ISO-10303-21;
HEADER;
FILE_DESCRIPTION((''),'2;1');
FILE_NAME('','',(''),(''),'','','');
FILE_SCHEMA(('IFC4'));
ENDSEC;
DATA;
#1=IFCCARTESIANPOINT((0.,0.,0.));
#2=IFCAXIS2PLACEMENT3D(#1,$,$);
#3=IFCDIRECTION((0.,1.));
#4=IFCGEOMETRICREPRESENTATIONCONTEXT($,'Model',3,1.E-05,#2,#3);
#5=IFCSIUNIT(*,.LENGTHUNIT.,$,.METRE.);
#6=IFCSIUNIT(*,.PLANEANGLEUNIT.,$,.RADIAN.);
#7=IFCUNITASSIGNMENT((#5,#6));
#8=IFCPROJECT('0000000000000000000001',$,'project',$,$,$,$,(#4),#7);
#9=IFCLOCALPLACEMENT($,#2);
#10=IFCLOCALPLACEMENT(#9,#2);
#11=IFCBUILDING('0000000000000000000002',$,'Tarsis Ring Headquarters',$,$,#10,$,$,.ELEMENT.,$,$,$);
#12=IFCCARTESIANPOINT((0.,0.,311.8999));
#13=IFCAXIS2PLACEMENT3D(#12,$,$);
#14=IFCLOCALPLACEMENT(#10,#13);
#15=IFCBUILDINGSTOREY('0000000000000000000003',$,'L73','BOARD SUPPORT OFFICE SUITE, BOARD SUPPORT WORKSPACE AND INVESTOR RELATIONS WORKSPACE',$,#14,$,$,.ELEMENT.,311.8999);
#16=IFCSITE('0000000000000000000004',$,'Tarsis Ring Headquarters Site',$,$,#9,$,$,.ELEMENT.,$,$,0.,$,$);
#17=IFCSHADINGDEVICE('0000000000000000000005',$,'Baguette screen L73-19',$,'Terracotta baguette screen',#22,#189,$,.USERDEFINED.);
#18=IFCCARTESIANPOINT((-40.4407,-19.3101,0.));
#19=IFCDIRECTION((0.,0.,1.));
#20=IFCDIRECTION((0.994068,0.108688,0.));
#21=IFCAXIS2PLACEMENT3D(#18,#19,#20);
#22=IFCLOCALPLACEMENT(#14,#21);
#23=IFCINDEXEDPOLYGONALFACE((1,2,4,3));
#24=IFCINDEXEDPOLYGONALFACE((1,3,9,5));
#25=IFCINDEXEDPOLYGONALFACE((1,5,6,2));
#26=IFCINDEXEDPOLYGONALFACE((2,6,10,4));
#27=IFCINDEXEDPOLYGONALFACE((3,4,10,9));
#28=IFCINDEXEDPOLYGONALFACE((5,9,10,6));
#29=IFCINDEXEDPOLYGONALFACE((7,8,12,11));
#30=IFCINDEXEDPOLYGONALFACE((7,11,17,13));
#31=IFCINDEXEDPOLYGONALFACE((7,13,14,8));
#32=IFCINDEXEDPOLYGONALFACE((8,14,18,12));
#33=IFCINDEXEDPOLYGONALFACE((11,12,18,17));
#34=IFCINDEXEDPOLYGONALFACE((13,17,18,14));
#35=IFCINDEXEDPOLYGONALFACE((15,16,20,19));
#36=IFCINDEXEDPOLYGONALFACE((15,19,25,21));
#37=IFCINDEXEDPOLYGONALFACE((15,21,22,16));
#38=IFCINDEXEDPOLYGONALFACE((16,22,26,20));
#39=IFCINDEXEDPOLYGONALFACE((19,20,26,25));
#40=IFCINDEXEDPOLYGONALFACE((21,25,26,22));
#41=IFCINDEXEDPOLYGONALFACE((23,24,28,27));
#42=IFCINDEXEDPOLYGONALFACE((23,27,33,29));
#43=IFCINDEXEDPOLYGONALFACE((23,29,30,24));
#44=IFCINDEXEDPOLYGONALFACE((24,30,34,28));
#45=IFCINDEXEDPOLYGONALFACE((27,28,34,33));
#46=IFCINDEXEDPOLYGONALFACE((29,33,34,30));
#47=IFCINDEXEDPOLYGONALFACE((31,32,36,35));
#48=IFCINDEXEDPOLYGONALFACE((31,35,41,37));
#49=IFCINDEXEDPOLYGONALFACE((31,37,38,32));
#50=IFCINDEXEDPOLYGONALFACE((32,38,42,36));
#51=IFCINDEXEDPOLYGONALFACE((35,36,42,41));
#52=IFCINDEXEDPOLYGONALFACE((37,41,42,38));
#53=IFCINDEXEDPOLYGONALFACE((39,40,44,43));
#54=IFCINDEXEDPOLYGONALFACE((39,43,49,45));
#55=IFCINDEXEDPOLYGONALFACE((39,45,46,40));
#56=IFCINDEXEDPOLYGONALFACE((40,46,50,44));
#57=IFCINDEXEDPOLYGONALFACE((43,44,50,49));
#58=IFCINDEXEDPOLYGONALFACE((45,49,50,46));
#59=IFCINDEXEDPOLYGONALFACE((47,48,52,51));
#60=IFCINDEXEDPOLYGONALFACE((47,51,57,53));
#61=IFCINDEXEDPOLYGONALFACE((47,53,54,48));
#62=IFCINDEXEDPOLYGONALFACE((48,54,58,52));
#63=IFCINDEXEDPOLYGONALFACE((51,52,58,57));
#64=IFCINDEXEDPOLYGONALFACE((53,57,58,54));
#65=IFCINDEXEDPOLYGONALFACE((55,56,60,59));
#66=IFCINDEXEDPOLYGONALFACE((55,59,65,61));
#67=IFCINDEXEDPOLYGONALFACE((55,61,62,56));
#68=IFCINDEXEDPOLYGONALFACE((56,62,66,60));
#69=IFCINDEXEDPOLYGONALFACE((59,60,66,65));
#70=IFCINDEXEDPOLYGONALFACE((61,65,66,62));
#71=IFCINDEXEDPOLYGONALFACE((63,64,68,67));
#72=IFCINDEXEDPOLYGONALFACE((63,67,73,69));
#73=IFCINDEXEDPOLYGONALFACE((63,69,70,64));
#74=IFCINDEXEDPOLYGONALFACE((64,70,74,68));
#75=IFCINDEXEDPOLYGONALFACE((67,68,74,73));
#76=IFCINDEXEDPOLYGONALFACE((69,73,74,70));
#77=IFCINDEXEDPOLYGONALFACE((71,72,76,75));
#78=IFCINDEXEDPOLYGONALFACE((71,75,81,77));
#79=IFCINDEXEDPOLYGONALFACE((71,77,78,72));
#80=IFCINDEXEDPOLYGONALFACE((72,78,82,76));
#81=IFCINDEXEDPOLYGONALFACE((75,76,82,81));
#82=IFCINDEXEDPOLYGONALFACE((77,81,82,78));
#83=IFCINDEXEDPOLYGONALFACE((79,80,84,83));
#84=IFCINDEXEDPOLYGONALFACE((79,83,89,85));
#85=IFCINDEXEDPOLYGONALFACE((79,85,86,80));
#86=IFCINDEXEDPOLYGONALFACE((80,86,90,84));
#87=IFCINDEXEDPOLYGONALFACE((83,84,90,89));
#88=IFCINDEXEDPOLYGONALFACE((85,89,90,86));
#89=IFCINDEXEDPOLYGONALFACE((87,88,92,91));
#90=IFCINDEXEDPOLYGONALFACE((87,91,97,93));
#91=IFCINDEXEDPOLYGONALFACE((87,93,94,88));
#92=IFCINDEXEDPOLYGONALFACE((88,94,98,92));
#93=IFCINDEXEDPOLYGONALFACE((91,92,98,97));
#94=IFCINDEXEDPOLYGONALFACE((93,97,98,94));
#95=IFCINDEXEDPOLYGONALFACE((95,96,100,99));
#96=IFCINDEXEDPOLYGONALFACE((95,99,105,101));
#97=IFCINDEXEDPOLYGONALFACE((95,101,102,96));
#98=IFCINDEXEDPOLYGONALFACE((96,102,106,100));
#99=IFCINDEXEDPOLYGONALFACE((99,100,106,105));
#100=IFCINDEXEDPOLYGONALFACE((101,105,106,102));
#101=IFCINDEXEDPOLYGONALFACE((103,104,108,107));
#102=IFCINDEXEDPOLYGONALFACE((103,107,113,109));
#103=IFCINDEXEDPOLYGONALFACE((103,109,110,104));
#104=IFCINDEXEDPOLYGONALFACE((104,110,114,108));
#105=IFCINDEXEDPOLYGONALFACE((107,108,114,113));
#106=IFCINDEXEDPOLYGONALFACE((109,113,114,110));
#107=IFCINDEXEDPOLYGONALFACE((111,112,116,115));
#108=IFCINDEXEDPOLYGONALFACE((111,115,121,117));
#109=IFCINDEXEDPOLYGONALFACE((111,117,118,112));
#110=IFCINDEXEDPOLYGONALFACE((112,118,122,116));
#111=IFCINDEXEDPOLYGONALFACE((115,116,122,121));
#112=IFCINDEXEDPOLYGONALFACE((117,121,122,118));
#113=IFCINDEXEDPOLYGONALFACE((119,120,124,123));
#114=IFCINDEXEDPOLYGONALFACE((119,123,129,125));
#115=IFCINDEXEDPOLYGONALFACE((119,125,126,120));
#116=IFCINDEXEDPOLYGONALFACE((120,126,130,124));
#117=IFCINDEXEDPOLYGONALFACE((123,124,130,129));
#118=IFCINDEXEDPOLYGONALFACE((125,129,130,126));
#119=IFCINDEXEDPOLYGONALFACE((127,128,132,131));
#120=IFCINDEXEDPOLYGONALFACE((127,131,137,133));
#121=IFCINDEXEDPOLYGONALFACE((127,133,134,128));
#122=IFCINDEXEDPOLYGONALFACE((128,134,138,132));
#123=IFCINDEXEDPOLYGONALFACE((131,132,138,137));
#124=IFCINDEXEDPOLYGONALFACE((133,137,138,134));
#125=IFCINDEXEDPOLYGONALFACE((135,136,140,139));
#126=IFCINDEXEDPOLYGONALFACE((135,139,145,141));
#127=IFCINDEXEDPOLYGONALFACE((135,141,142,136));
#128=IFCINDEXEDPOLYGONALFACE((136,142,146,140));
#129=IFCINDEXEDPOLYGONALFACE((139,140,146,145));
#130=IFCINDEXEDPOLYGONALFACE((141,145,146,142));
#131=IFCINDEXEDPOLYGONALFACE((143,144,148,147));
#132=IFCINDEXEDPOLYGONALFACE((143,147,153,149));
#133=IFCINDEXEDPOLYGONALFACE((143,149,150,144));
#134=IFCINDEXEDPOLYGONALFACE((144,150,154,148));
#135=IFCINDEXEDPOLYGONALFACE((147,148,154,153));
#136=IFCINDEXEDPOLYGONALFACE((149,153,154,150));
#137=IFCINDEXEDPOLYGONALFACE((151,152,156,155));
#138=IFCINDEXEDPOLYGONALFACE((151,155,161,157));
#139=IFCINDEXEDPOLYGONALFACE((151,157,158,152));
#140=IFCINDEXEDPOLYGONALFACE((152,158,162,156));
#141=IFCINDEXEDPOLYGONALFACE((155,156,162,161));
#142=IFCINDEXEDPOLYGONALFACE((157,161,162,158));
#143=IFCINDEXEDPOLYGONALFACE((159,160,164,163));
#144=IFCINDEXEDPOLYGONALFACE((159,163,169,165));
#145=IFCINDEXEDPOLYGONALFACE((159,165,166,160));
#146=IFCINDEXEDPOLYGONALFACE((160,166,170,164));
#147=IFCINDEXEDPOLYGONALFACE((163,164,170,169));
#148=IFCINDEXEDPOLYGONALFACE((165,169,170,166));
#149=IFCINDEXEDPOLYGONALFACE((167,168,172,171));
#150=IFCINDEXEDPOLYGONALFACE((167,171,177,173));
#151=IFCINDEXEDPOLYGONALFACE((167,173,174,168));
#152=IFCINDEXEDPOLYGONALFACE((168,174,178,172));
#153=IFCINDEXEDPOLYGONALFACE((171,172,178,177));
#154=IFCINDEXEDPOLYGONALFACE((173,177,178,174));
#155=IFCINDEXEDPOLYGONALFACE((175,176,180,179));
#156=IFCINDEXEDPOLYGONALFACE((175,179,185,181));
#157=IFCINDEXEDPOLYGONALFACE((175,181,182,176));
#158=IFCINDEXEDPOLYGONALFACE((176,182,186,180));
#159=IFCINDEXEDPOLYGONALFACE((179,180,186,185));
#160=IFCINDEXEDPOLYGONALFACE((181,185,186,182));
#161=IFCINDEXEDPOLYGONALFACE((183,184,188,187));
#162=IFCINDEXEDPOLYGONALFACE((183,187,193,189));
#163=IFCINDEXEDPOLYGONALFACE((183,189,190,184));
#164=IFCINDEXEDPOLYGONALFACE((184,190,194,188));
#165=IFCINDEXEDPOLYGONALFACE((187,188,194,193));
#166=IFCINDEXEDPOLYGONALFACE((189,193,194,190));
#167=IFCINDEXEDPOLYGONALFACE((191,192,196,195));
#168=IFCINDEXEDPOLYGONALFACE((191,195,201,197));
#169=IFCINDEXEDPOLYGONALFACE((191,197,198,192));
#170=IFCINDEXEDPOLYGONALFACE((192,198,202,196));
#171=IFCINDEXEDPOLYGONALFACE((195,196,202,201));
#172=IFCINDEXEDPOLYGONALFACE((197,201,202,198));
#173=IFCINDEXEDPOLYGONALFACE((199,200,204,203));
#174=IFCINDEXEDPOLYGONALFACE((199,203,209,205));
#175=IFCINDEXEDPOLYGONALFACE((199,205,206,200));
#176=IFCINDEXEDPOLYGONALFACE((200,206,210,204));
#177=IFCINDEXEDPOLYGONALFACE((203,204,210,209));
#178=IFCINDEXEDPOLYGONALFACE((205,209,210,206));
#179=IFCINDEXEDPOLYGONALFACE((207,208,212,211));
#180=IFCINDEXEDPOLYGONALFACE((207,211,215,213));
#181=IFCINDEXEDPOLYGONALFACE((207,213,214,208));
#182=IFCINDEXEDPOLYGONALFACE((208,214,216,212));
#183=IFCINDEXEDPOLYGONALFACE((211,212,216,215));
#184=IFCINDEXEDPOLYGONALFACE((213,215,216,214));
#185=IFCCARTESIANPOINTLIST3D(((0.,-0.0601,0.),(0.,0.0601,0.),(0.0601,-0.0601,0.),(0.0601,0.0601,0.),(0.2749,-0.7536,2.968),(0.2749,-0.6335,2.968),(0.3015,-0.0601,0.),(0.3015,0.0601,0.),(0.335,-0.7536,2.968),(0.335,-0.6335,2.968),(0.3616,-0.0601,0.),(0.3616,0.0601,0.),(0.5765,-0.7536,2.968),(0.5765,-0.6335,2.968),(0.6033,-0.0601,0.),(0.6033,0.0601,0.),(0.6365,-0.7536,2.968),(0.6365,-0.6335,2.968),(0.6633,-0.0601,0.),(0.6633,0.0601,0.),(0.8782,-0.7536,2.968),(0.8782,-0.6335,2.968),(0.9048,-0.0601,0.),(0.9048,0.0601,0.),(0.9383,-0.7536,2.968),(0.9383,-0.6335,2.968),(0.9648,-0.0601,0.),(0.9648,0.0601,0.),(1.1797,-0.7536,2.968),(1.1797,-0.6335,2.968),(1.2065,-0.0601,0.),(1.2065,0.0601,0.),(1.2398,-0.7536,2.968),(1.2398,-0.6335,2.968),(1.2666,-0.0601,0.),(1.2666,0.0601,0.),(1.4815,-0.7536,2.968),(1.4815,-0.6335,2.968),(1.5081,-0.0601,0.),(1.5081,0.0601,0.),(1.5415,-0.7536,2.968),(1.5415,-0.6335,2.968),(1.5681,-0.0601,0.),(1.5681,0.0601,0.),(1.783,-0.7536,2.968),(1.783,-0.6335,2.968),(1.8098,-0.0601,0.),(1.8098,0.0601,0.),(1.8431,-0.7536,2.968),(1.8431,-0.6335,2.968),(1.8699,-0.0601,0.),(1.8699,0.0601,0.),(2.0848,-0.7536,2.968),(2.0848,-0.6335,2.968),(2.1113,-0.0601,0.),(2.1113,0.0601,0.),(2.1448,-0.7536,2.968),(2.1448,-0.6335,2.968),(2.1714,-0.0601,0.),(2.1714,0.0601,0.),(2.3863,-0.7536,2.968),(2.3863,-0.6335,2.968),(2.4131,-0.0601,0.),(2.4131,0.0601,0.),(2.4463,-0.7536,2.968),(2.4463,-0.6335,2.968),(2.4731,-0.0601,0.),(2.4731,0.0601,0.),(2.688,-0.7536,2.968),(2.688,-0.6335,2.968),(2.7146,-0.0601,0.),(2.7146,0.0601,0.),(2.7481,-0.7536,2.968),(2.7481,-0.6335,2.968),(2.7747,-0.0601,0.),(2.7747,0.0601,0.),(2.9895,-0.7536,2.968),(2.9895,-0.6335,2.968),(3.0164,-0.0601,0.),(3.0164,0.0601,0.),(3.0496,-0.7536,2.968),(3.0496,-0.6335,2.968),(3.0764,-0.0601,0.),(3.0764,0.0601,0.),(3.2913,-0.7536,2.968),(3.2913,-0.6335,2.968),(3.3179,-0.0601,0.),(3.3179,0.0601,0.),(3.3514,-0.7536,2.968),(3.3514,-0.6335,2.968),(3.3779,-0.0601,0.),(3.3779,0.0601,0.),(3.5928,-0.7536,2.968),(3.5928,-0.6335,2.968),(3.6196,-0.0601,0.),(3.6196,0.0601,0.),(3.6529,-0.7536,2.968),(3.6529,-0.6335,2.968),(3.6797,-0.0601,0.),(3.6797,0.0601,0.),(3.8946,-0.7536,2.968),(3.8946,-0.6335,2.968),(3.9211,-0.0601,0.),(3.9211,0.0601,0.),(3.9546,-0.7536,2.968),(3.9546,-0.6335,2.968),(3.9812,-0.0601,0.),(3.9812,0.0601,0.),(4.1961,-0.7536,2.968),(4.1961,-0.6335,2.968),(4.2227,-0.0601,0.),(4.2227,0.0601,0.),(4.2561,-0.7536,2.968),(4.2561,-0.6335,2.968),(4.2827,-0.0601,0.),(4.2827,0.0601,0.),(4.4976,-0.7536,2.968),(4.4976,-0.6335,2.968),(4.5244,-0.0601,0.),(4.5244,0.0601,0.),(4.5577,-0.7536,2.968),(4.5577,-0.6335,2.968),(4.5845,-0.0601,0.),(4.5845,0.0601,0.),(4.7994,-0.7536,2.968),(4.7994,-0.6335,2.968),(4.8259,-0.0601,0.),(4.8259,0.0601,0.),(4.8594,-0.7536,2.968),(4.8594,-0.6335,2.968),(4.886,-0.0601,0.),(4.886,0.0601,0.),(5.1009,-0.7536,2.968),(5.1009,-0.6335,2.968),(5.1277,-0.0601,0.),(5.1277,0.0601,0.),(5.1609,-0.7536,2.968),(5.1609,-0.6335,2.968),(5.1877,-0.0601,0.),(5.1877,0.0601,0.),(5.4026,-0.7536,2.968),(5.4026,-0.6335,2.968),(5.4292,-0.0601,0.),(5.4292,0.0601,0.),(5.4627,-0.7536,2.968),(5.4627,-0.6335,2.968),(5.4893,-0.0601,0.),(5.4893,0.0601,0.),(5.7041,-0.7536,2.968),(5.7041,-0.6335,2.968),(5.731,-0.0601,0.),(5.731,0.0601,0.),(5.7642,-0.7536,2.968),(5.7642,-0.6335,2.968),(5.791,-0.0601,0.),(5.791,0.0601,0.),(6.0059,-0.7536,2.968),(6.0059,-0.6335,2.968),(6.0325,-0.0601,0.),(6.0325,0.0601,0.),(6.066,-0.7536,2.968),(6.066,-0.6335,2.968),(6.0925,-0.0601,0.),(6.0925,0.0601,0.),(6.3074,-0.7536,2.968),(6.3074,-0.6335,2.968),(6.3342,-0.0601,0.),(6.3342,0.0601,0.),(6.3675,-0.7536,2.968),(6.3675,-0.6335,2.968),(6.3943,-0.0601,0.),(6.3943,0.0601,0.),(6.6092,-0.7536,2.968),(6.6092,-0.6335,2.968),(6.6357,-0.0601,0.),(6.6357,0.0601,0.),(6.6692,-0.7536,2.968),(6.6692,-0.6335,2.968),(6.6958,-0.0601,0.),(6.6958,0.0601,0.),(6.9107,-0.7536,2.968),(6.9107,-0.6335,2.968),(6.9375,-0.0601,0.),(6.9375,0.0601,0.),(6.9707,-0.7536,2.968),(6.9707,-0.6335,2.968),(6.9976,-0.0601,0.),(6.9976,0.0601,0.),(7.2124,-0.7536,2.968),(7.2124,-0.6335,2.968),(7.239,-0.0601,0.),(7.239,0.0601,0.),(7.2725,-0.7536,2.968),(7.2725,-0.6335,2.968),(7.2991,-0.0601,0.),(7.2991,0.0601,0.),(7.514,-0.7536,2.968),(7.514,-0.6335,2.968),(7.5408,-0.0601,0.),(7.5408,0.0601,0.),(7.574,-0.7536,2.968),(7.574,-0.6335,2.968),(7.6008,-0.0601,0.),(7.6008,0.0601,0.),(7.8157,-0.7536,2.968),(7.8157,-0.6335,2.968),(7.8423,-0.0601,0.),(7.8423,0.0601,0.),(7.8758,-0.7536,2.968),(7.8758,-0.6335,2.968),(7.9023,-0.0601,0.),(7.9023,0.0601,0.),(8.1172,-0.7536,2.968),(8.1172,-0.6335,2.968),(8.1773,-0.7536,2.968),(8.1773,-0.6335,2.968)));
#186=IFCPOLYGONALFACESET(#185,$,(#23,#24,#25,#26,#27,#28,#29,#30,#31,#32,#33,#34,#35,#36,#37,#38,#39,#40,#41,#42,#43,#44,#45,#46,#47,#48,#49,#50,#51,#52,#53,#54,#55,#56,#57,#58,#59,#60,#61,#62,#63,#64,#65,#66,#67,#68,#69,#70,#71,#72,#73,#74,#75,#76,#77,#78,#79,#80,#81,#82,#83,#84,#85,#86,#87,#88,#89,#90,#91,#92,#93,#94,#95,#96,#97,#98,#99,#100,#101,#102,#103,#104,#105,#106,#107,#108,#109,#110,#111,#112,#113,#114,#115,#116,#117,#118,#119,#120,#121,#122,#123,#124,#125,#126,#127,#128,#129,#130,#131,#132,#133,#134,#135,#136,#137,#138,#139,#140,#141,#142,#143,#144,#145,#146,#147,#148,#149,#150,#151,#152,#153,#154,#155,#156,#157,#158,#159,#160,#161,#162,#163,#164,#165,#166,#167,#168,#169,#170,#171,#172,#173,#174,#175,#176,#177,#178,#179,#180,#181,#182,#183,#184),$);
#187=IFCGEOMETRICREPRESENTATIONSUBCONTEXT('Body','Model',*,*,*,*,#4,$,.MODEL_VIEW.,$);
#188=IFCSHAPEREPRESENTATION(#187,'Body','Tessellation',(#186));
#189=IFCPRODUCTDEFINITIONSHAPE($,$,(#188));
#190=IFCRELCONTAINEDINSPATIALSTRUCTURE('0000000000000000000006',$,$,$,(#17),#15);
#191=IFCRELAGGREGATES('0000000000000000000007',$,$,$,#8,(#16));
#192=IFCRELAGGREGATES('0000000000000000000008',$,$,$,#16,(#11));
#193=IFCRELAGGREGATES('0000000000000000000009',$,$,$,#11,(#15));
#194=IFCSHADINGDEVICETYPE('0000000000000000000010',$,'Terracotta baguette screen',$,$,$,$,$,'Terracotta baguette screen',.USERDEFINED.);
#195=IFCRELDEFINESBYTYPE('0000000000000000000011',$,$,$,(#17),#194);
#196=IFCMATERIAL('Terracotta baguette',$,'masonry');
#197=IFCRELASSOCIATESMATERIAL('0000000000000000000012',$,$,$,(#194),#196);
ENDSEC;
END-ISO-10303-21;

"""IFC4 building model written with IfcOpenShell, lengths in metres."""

from ifc_helpers import new_model, si_unit, direction, frame, frame_2d, origin, place, context, subcontext, project, spatial, rectangle, composite_profile, extrude, material, type_object, element, save


model = new_model("IFC4")

# Units and contexts
model_context = context("Model", 3, precision=1e-05, world=origin(), true_north=direction((0.0, 1.0)))
body_context = subcontext(model_context, "Body", "Model", "MODEL_VIEW")
ifc_project = project(units=[si_unit("LENGTHUNIT", "METRE"), si_unit("PLANEANGLEUNIT", "RADIAN")], contexts=[model_context])

# Site, building, storey
site_placement = place(None, origin())
site = spatial("IfcSite", under=ifc_project, at=site_placement, Name="Tarsis Ring Headquarters Site", CompositionType="ELEMENT", RefElevation=0.0)
building_placement = place(site_placement, origin())
building = spatial("IfcBuilding", under=site, at=building_placement, Name="Tarsis Ring Headquarters", CompositionType="ELEMENT")
storey_placement = place(building_placement, frame((0.0, 0.0, 311.8999)))
storey = spatial("IfcBuildingStorey", under=building, at=storey_placement, Name="L73", Description="BOARD SUPPORT OFFICE SUITE, BOARD SUPPORT WORKSPACE AND INVESTOR RELATIONS WORKSPACE", CompositionType="ELEMENT", Elevation=311.8999)

# Shading device
ifc_material_1 = material(Name="Terracotta baguette", Category="masonry")
shading_device_type_1 = type_object("IfcShadingDeviceType", Name="Terracotta baguette screen", ElementType="Terracotta baguette screen", PredefinedType="USERDEFINED", material=ifc_material_1)
shading_device_1_placement = place(storey_placement, frame((-40.4407, -19.3101, 0.0), z_axis=(0.0, 0.0, 1.0), x_axis=(0.994068, 0.108688, 0.0)))
element("IfcShadingDevice", 1, at=shading_device_1_placement, inside=storey, type_object=shading_device_type_1, Name="Baguette screen L73-19", ObjectType="Terracotta baguette screen", PredefinedType="USERDEFINED", context=body_context, shape_type="SweptSolid", body=[
    extrude(composite_profile([rectangle(XDim=0.0601, YDim=0.1201, at=frame_2d((0.03, 0.0))), rectangle(XDim=0.0601, YDim=0.1201, at=frame_2d((0.3315, 0.0))), rectangle(XDim=0.0601, YDim=0.1201, at=frame_2d((0.6333, 0.0))), rectangle(XDim=0.0601, YDim=0.1201, at=frame_2d((0.9348, 0.0))), rectangle(XDim=0.0601, YDim=0.1201, at=frame_2d((1.2366, 0.0))), rectangle(XDim=0.0601, YDim=0.1201, at=frame_2d((1.5381, 0.0))), rectangle(XDim=0.0601, YDim=0.1201, at=frame_2d((1.8398, 0.0))), rectangle(XDim=0.0601, YDim=0.1201, at=frame_2d((2.1414, 0.0))), rectangle(XDim=0.0601, YDim=0.1201, at=frame_2d((2.4431, 0.0))), rectangle(XDim=0.0601, YDim=0.1201, at=frame_2d((2.7446, 0.0))), rectangle(XDim=0.0601, YDim=0.1201, at=frame_2d((3.0464, 0.0))), rectangle(XDim=0.0601, YDim=0.1201, at=frame_2d((3.3479, 0.0))), rectangle(XDim=0.0601, YDim=0.1201, at=frame_2d((3.6497, 0.0))), rectangle(XDim=0.0601, YDim=0.1201, at=frame_2d((3.9512, 0.0))), rectangle(XDim=0.0601, YDim=0.1201, at=frame_2d((4.2527, 0.0))), rectangle(XDim=0.0601, YDim=0.1201, at=frame_2d((4.5544, 0.0))), rectangle(XDim=0.0601, YDim=0.1201, at=frame_2d((4.856, 0.0))), rectangle(XDim=0.0601, YDim=0.1201, at=frame_2d((5.1577, 0.0))), rectangle(XDim=0.0601, YDim=0.1201, at=frame_2d((5.4592, 0.0))), rectangle(XDim=0.0601, YDim=0.1201, at=frame_2d((5.761, 0.0))), rectangle(XDim=0.0601, YDim=0.1201, at=frame_2d((6.0625, 0.0))), rectangle(XDim=0.0601, YDim=0.1201, at=frame_2d((6.3643, 0.0))), rectangle(XDim=0.0601, YDim=0.1201, at=frame_2d((6.6658, 0.0))), rectangle(XDim=0.0601, YDim=0.1201, at=frame_2d((6.9675, 0.0))), rectangle(XDim=0.0601, YDim=0.1201, at=frame_2d((7.269, 0.0))), rectangle(XDim=0.0601, YDim=0.1201, at=frame_2d((7.5708, 0.0))), rectangle(XDim=0.0601, YDim=0.1201, at=frame_2d((7.8723, 0.0)))]), origin(), (0.089841, -0.226641, 0.969826), 3.0603),
])

save(model, "model.ifc")
